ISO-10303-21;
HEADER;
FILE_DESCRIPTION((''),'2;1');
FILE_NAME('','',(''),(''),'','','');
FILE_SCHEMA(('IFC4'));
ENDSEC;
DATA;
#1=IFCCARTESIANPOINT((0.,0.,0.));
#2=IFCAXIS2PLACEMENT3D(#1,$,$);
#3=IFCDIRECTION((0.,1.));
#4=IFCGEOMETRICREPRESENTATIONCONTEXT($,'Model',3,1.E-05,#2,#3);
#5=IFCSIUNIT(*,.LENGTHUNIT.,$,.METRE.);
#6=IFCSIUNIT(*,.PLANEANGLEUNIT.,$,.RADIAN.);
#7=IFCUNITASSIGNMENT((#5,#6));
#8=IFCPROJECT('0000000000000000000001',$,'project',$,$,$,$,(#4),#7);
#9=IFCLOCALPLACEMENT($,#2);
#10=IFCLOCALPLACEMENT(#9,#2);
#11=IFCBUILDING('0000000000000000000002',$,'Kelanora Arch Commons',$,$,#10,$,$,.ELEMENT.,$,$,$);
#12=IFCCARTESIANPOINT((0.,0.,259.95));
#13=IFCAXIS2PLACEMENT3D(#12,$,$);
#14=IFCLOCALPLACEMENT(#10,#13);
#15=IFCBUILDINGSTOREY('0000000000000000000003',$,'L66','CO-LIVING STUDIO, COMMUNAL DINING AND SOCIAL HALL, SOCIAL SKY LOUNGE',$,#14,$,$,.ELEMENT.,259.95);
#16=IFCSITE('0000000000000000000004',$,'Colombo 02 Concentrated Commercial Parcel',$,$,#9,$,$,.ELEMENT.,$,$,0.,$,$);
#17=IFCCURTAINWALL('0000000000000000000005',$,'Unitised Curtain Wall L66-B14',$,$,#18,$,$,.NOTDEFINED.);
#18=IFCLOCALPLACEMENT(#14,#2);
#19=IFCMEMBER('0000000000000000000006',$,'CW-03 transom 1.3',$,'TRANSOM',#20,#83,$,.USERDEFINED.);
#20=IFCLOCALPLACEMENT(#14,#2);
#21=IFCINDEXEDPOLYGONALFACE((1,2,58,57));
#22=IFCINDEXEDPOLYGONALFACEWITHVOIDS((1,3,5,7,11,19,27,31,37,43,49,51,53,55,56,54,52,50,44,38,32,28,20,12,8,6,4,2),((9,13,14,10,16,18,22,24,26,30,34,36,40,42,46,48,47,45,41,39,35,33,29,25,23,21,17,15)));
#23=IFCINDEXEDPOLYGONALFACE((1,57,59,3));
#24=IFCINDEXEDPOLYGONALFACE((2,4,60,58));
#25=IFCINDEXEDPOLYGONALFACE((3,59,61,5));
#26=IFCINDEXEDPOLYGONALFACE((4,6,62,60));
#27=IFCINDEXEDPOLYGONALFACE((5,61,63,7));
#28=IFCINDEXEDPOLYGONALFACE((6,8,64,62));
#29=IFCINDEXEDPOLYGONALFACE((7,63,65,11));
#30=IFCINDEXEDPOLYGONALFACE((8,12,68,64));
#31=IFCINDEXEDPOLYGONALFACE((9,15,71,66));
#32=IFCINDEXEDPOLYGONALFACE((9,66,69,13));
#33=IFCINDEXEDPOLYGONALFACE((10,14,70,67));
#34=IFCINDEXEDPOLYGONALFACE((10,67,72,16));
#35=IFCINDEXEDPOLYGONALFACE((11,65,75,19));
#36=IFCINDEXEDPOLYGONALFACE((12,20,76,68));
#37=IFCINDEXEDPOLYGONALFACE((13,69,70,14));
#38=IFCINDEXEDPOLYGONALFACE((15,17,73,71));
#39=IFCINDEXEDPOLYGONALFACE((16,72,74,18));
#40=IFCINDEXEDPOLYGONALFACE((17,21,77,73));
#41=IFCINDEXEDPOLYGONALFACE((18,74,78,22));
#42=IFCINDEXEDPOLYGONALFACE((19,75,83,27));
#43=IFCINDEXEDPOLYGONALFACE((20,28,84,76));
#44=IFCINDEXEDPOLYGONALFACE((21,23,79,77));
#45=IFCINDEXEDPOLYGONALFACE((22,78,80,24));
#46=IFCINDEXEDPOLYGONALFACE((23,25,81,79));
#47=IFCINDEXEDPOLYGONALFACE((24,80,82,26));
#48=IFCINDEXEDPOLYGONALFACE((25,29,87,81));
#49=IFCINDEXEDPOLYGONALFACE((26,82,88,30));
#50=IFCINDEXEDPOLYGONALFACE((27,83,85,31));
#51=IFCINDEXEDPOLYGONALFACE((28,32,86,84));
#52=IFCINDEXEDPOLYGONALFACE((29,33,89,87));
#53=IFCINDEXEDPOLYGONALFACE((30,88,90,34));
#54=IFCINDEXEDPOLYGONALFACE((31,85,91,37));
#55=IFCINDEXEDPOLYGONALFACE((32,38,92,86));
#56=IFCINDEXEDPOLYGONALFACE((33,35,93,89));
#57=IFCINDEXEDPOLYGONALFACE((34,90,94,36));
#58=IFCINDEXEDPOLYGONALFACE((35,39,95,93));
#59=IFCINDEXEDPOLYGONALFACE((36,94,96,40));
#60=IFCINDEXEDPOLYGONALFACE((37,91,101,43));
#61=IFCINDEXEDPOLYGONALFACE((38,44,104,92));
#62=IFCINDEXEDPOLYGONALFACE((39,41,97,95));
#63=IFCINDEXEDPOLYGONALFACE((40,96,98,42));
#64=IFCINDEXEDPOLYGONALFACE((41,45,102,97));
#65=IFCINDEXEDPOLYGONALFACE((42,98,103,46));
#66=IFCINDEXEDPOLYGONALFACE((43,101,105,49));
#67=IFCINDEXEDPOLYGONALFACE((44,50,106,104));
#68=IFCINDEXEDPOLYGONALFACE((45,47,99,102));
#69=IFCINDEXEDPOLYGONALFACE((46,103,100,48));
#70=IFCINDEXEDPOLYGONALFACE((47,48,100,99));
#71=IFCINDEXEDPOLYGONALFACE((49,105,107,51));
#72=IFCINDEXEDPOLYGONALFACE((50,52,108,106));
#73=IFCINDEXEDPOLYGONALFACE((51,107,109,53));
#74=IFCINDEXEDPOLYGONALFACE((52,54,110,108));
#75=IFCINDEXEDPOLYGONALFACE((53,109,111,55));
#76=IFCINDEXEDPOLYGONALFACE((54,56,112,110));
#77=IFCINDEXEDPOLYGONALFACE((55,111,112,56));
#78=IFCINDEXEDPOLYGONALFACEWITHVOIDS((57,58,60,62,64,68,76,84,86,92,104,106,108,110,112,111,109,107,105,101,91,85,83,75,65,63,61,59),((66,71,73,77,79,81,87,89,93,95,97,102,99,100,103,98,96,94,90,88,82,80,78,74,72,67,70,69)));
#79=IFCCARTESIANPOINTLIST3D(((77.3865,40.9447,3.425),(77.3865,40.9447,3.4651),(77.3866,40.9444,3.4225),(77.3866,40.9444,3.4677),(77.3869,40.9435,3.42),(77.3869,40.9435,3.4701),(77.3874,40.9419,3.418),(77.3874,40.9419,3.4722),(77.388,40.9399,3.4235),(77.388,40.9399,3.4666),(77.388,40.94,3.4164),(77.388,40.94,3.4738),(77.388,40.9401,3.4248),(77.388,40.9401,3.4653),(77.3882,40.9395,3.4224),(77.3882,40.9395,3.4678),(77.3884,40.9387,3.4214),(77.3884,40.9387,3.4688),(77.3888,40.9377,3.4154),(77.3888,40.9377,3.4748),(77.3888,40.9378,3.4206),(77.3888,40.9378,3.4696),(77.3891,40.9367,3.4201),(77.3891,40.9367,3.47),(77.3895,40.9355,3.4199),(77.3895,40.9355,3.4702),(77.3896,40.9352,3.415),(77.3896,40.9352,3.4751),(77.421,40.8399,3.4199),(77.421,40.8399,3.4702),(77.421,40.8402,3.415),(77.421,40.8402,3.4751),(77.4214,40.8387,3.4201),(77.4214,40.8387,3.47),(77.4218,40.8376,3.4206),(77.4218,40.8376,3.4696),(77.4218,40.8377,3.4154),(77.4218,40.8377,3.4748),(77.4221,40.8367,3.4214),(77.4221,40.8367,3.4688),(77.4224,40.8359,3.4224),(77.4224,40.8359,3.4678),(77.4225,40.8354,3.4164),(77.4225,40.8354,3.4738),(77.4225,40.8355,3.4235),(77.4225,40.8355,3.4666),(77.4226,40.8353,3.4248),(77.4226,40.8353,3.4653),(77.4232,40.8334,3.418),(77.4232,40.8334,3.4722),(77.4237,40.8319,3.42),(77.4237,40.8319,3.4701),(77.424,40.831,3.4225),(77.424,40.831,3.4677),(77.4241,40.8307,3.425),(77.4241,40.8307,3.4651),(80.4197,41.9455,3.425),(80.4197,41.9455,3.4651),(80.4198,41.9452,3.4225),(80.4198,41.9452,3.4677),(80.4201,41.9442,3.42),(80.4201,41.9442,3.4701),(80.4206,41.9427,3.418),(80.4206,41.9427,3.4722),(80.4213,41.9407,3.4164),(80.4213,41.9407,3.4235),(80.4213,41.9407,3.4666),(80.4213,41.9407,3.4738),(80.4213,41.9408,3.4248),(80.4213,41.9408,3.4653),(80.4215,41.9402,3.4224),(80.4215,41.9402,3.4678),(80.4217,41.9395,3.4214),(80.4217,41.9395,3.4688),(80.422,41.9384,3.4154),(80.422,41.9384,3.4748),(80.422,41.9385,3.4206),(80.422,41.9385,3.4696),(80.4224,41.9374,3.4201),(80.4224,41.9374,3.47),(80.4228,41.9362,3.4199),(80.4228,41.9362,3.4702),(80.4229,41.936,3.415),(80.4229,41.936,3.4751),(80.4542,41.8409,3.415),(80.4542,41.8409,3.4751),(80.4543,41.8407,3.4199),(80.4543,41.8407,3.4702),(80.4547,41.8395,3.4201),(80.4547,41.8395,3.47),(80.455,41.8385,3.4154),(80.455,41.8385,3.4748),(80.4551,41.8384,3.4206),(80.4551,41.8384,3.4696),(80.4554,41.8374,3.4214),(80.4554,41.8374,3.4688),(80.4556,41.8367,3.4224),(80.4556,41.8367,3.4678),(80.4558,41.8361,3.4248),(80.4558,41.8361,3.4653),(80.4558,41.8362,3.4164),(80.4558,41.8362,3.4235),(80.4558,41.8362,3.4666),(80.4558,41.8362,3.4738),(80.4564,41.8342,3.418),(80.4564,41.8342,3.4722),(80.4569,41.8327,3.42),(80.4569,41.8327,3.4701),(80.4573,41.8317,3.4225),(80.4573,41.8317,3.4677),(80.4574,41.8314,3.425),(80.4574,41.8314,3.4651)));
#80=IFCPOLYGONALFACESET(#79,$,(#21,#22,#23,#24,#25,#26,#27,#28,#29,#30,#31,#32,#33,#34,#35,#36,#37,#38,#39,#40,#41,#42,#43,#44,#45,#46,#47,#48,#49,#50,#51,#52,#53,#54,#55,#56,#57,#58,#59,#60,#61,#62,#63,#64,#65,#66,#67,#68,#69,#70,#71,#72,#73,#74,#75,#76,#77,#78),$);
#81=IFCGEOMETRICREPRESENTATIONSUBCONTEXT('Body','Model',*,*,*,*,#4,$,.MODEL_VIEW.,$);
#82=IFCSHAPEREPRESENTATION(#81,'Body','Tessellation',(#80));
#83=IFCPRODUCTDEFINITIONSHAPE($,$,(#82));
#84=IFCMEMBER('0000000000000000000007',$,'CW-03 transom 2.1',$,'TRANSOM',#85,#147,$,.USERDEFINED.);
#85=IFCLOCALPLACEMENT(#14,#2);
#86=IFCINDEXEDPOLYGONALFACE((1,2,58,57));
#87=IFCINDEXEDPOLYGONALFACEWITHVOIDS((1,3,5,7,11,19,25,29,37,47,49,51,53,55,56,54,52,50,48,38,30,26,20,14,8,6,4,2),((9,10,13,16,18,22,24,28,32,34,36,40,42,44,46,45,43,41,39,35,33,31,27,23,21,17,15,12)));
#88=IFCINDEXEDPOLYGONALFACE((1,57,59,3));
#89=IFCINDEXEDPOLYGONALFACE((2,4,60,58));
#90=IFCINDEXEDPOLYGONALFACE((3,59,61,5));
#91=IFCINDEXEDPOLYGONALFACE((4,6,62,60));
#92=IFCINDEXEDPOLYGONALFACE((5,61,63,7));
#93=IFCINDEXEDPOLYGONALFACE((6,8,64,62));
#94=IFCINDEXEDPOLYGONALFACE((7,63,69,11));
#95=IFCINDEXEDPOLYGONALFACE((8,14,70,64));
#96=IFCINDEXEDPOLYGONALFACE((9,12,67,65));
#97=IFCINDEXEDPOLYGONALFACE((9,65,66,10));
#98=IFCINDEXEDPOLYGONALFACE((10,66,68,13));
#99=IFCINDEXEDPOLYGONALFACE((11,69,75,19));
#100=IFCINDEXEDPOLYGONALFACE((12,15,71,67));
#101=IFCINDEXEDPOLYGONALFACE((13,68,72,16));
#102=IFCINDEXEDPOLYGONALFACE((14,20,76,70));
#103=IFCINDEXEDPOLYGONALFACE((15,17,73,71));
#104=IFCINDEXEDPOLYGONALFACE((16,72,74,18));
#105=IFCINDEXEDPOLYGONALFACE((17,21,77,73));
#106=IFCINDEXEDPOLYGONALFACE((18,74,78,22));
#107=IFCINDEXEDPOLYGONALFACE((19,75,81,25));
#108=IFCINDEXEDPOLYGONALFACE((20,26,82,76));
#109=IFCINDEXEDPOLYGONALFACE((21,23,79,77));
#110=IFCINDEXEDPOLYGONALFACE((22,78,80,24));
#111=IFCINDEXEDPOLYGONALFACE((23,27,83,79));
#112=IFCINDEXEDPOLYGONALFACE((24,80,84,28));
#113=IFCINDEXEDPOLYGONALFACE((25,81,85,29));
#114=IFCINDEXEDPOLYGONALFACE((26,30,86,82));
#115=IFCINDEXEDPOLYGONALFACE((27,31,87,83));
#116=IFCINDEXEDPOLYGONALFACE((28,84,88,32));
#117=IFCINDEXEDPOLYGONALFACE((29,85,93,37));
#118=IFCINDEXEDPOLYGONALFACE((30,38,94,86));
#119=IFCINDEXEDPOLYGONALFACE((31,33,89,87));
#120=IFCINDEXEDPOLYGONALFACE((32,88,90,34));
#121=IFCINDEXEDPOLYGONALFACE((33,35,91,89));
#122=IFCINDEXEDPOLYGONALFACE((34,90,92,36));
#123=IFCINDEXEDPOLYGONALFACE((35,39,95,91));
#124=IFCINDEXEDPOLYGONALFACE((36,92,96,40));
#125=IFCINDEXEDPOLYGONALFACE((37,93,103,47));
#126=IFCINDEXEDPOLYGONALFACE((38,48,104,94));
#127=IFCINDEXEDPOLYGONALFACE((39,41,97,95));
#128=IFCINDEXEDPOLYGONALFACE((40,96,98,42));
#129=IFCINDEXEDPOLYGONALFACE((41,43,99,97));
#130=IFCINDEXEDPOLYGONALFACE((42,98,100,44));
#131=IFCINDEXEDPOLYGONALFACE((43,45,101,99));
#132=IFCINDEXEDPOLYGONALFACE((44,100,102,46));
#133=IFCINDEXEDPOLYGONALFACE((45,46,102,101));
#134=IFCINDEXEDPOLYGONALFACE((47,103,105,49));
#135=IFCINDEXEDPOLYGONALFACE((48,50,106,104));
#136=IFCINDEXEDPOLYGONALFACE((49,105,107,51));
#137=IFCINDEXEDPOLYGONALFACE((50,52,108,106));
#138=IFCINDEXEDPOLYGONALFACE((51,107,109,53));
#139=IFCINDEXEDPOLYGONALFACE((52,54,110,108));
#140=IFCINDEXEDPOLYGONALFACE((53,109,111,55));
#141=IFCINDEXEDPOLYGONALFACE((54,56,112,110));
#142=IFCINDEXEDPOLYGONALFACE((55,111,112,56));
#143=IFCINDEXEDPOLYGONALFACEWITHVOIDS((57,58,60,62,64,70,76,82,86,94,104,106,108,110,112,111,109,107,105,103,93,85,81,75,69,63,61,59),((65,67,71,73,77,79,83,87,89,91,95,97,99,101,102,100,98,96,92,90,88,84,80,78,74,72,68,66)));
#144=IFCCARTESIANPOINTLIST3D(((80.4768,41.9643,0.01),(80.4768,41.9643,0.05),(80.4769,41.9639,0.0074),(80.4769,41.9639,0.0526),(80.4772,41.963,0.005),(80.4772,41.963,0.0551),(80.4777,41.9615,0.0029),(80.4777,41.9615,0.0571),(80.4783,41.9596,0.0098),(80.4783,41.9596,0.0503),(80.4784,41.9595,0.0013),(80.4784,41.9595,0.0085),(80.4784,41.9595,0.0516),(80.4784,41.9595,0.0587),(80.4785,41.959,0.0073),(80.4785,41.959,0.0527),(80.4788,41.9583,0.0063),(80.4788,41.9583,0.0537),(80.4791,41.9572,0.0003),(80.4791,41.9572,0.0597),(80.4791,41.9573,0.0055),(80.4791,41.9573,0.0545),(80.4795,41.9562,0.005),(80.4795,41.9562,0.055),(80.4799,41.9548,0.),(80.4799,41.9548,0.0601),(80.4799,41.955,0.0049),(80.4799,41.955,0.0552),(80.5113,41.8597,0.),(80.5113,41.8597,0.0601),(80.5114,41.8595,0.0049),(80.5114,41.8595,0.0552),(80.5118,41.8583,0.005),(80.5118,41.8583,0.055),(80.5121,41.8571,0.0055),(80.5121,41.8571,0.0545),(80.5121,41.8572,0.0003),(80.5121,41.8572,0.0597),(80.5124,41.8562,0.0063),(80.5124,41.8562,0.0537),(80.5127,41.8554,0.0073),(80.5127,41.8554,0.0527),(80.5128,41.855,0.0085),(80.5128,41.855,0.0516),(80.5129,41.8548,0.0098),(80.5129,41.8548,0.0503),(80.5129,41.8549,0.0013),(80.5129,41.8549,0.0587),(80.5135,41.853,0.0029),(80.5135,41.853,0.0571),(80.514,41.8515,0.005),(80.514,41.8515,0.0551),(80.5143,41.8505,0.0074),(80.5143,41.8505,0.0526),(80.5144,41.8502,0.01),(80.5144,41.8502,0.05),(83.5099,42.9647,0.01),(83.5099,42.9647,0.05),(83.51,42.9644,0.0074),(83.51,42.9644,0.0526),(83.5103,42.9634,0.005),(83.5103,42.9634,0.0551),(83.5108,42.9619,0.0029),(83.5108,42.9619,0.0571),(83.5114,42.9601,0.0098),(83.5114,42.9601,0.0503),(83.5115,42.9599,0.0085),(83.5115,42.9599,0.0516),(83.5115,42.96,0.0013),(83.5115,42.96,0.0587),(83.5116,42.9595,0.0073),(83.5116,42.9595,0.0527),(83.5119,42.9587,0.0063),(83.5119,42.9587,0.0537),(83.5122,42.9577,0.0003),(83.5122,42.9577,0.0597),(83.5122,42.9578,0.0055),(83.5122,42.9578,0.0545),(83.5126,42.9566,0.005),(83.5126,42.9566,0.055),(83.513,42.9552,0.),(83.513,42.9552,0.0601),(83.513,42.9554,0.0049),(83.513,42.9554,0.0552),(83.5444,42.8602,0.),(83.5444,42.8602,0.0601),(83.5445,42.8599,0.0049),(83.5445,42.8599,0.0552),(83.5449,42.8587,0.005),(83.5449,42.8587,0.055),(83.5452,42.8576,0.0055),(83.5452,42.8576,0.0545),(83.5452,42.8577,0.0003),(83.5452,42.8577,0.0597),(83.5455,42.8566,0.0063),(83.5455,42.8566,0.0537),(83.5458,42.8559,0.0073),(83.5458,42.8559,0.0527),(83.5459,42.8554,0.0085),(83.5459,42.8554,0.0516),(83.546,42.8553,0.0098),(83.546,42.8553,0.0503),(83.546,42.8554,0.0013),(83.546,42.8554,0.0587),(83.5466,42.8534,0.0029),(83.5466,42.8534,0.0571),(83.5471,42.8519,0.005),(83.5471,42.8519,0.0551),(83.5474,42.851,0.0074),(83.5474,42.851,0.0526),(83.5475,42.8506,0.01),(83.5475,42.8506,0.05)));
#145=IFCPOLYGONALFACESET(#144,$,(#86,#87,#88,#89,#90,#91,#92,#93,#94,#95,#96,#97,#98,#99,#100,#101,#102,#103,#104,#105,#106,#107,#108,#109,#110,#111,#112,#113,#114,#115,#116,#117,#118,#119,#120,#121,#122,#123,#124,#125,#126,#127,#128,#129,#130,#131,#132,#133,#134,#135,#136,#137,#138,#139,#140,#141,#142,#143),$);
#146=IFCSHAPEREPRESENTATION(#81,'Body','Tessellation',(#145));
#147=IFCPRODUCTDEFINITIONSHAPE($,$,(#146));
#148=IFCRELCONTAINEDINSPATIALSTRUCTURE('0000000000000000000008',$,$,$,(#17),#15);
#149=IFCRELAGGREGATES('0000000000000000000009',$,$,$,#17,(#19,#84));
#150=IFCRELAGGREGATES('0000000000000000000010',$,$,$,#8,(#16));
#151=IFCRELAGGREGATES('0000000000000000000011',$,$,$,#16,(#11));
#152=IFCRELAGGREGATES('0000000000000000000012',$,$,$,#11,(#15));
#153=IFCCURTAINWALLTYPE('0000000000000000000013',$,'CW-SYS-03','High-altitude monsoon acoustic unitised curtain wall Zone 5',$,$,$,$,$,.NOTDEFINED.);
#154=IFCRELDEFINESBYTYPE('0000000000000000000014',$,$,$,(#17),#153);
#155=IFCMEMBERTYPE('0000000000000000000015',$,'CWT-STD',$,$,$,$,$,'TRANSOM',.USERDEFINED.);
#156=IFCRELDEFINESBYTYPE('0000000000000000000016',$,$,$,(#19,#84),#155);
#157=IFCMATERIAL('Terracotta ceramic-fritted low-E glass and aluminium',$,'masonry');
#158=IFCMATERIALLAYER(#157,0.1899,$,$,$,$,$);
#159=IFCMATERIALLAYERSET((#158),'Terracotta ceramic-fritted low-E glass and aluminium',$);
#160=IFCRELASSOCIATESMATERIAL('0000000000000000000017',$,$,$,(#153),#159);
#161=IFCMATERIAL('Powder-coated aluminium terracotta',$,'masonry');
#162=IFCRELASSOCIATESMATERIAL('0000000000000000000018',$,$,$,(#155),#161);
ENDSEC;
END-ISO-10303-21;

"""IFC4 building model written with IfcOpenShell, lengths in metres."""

from ifc_helpers import new_model, si_unit, direction, frame, origin, origin_2d, place, context, subcontext, project, spatial, hollow_rectangle, extrude, material, layer, layer_set, material_profile, profile_set, type_object, element, aggregate, save


model = new_model("IFC4")

# Units and contexts
model_context = context("Model", 3, precision=1e-05, world=origin(), true_north=direction((0.0, 1.0)))
body_context = subcontext(model_context, "Body", "Model", "MODEL_VIEW")
ifc_project = project(units=[si_unit("LENGTHUNIT", "METRE"), si_unit("PLANEANGLEUNIT", "RADIAN")], contexts=[model_context])

# Site, building, storey
site_placement = place(None, origin())
site = spatial("IfcSite", under=ifc_project, at=site_placement, Name="Colombo 02 Concentrated Commercial Parcel", CompositionType="ELEMENT", RefElevation=0.0)
building_placement = place(site_placement, origin())
building = spatial("IfcBuilding", under=site, at=building_placement, Name="Kelanora Arch Commons", CompositionType="ELEMENT")
storey_placement = place(building_placement, frame((0.0, 0.0, 259.95)))
storey = spatial("IfcBuildingStorey", under=building, at=storey_placement, Name="L66", Description="CO-LIVING STUDIO, COMMUNAL DINING AND SOCIAL HALL, SOCIAL SKY LOUNGE", CompositionType="ELEMENT", Elevation=259.95)

# Curtain wall, members
ifc_material_1 = material(Name="Terracotta ceramic-fritted low-E glass and aluminium", Category="masonry")
ifc_layer_1 = layer(ifc_material_1, 0.1899)
ifc_layer_set_1 = layer_set([ifc_layer_1], Name="Terracotta ceramic-fritted low-E glass and aluminium")
curtain_wall_type = type_object("IfcCurtainWallType", Name="CW-SYS-03", Description="High-altitude monsoon acoustic unitised curtain wall Zone 5", PredefinedType="NOTDEFINED", material=ifc_layer_set_1)
curtain_wall_placement = place(storey_placement, origin())
curtain_wall = element("IfcCurtainWall", 1, at=curtain_wall_placement, inside=storey, type_object=curtain_wall_type, Name="Unitised Curtain Wall L66-B14", PredefinedType="NOTDEFINED")
ifc_material_2 = material(Name="Powder-coated aluminium terracotta", Category="masonry")
ifc_material_profile_1 = material_profile(ifc_material_2, hollow_rectangle(XDim=0.1201, YDim=0.0601, WallThickness=0.0049, InnerFilletRadius=0.0049, OuterFilletRadius=0.01, at=origin_2d()), Name="CWT120x60")
ifc_profile_set_1 = profile_set([ifc_material_profile_1], Name="Powder-coated aluminium terracotta")
member_type_1 = type_object("IfcMemberType", Name="CWT-STD", ElementType="TRANSOM", PredefinedType="USERDEFINED", material=ifc_profile_set_1)
member_1_placement = place(storey_placement, frame((77.4053, 40.8877, 3.4451), z_axis=(0.94965, 0.313314, 0.0), x_axis=(-0.313314, 0.94965, 0.0)))
member_1 = element("IfcMember", 2, at=member_1_placement, type_object=member_type_1, Name="CW-03 transom 1.3", ObjectType="TRANSOM", PredefinedType="USERDEFINED", context=body_context, shape_type="SweptSolid", body=[
    extrude(hollow_rectangle(XDim=0.1201, YDim=0.0601, WallThickness=0.0049, InnerFilletRadius=0.0049, OuterFilletRadius=0.01, at=origin_2d()), origin(), (0.0, 0.0, 1.0), 3.1941),
])
member_2_placement = place(storey_placement, frame((80.4956, 41.9072, 0.03), z_axis=(0.949672, 0.313245, 0.0), x_axis=(-0.313245, 0.949672, 0.0)))
member_2 = element("IfcMember", 3, at=member_2_placement, type_object=member_type_1, Name="CW-03 transom 2.1", ObjectType="TRANSOM", PredefinedType="USERDEFINED", context=body_context, shape_type="SweptSolid", body=[
    extrude(hollow_rectangle(XDim=0.1201, YDim=0.0601, WallThickness=0.0049, InnerFilletRadius=0.0049, OuterFilletRadius=0.01, at=origin_2d()), origin(), (0.0, 0.0, 1.0), 3.1938),
])
aggregate(curtain_wall, [member_1, member_2])

save(model, "model.ifc")
